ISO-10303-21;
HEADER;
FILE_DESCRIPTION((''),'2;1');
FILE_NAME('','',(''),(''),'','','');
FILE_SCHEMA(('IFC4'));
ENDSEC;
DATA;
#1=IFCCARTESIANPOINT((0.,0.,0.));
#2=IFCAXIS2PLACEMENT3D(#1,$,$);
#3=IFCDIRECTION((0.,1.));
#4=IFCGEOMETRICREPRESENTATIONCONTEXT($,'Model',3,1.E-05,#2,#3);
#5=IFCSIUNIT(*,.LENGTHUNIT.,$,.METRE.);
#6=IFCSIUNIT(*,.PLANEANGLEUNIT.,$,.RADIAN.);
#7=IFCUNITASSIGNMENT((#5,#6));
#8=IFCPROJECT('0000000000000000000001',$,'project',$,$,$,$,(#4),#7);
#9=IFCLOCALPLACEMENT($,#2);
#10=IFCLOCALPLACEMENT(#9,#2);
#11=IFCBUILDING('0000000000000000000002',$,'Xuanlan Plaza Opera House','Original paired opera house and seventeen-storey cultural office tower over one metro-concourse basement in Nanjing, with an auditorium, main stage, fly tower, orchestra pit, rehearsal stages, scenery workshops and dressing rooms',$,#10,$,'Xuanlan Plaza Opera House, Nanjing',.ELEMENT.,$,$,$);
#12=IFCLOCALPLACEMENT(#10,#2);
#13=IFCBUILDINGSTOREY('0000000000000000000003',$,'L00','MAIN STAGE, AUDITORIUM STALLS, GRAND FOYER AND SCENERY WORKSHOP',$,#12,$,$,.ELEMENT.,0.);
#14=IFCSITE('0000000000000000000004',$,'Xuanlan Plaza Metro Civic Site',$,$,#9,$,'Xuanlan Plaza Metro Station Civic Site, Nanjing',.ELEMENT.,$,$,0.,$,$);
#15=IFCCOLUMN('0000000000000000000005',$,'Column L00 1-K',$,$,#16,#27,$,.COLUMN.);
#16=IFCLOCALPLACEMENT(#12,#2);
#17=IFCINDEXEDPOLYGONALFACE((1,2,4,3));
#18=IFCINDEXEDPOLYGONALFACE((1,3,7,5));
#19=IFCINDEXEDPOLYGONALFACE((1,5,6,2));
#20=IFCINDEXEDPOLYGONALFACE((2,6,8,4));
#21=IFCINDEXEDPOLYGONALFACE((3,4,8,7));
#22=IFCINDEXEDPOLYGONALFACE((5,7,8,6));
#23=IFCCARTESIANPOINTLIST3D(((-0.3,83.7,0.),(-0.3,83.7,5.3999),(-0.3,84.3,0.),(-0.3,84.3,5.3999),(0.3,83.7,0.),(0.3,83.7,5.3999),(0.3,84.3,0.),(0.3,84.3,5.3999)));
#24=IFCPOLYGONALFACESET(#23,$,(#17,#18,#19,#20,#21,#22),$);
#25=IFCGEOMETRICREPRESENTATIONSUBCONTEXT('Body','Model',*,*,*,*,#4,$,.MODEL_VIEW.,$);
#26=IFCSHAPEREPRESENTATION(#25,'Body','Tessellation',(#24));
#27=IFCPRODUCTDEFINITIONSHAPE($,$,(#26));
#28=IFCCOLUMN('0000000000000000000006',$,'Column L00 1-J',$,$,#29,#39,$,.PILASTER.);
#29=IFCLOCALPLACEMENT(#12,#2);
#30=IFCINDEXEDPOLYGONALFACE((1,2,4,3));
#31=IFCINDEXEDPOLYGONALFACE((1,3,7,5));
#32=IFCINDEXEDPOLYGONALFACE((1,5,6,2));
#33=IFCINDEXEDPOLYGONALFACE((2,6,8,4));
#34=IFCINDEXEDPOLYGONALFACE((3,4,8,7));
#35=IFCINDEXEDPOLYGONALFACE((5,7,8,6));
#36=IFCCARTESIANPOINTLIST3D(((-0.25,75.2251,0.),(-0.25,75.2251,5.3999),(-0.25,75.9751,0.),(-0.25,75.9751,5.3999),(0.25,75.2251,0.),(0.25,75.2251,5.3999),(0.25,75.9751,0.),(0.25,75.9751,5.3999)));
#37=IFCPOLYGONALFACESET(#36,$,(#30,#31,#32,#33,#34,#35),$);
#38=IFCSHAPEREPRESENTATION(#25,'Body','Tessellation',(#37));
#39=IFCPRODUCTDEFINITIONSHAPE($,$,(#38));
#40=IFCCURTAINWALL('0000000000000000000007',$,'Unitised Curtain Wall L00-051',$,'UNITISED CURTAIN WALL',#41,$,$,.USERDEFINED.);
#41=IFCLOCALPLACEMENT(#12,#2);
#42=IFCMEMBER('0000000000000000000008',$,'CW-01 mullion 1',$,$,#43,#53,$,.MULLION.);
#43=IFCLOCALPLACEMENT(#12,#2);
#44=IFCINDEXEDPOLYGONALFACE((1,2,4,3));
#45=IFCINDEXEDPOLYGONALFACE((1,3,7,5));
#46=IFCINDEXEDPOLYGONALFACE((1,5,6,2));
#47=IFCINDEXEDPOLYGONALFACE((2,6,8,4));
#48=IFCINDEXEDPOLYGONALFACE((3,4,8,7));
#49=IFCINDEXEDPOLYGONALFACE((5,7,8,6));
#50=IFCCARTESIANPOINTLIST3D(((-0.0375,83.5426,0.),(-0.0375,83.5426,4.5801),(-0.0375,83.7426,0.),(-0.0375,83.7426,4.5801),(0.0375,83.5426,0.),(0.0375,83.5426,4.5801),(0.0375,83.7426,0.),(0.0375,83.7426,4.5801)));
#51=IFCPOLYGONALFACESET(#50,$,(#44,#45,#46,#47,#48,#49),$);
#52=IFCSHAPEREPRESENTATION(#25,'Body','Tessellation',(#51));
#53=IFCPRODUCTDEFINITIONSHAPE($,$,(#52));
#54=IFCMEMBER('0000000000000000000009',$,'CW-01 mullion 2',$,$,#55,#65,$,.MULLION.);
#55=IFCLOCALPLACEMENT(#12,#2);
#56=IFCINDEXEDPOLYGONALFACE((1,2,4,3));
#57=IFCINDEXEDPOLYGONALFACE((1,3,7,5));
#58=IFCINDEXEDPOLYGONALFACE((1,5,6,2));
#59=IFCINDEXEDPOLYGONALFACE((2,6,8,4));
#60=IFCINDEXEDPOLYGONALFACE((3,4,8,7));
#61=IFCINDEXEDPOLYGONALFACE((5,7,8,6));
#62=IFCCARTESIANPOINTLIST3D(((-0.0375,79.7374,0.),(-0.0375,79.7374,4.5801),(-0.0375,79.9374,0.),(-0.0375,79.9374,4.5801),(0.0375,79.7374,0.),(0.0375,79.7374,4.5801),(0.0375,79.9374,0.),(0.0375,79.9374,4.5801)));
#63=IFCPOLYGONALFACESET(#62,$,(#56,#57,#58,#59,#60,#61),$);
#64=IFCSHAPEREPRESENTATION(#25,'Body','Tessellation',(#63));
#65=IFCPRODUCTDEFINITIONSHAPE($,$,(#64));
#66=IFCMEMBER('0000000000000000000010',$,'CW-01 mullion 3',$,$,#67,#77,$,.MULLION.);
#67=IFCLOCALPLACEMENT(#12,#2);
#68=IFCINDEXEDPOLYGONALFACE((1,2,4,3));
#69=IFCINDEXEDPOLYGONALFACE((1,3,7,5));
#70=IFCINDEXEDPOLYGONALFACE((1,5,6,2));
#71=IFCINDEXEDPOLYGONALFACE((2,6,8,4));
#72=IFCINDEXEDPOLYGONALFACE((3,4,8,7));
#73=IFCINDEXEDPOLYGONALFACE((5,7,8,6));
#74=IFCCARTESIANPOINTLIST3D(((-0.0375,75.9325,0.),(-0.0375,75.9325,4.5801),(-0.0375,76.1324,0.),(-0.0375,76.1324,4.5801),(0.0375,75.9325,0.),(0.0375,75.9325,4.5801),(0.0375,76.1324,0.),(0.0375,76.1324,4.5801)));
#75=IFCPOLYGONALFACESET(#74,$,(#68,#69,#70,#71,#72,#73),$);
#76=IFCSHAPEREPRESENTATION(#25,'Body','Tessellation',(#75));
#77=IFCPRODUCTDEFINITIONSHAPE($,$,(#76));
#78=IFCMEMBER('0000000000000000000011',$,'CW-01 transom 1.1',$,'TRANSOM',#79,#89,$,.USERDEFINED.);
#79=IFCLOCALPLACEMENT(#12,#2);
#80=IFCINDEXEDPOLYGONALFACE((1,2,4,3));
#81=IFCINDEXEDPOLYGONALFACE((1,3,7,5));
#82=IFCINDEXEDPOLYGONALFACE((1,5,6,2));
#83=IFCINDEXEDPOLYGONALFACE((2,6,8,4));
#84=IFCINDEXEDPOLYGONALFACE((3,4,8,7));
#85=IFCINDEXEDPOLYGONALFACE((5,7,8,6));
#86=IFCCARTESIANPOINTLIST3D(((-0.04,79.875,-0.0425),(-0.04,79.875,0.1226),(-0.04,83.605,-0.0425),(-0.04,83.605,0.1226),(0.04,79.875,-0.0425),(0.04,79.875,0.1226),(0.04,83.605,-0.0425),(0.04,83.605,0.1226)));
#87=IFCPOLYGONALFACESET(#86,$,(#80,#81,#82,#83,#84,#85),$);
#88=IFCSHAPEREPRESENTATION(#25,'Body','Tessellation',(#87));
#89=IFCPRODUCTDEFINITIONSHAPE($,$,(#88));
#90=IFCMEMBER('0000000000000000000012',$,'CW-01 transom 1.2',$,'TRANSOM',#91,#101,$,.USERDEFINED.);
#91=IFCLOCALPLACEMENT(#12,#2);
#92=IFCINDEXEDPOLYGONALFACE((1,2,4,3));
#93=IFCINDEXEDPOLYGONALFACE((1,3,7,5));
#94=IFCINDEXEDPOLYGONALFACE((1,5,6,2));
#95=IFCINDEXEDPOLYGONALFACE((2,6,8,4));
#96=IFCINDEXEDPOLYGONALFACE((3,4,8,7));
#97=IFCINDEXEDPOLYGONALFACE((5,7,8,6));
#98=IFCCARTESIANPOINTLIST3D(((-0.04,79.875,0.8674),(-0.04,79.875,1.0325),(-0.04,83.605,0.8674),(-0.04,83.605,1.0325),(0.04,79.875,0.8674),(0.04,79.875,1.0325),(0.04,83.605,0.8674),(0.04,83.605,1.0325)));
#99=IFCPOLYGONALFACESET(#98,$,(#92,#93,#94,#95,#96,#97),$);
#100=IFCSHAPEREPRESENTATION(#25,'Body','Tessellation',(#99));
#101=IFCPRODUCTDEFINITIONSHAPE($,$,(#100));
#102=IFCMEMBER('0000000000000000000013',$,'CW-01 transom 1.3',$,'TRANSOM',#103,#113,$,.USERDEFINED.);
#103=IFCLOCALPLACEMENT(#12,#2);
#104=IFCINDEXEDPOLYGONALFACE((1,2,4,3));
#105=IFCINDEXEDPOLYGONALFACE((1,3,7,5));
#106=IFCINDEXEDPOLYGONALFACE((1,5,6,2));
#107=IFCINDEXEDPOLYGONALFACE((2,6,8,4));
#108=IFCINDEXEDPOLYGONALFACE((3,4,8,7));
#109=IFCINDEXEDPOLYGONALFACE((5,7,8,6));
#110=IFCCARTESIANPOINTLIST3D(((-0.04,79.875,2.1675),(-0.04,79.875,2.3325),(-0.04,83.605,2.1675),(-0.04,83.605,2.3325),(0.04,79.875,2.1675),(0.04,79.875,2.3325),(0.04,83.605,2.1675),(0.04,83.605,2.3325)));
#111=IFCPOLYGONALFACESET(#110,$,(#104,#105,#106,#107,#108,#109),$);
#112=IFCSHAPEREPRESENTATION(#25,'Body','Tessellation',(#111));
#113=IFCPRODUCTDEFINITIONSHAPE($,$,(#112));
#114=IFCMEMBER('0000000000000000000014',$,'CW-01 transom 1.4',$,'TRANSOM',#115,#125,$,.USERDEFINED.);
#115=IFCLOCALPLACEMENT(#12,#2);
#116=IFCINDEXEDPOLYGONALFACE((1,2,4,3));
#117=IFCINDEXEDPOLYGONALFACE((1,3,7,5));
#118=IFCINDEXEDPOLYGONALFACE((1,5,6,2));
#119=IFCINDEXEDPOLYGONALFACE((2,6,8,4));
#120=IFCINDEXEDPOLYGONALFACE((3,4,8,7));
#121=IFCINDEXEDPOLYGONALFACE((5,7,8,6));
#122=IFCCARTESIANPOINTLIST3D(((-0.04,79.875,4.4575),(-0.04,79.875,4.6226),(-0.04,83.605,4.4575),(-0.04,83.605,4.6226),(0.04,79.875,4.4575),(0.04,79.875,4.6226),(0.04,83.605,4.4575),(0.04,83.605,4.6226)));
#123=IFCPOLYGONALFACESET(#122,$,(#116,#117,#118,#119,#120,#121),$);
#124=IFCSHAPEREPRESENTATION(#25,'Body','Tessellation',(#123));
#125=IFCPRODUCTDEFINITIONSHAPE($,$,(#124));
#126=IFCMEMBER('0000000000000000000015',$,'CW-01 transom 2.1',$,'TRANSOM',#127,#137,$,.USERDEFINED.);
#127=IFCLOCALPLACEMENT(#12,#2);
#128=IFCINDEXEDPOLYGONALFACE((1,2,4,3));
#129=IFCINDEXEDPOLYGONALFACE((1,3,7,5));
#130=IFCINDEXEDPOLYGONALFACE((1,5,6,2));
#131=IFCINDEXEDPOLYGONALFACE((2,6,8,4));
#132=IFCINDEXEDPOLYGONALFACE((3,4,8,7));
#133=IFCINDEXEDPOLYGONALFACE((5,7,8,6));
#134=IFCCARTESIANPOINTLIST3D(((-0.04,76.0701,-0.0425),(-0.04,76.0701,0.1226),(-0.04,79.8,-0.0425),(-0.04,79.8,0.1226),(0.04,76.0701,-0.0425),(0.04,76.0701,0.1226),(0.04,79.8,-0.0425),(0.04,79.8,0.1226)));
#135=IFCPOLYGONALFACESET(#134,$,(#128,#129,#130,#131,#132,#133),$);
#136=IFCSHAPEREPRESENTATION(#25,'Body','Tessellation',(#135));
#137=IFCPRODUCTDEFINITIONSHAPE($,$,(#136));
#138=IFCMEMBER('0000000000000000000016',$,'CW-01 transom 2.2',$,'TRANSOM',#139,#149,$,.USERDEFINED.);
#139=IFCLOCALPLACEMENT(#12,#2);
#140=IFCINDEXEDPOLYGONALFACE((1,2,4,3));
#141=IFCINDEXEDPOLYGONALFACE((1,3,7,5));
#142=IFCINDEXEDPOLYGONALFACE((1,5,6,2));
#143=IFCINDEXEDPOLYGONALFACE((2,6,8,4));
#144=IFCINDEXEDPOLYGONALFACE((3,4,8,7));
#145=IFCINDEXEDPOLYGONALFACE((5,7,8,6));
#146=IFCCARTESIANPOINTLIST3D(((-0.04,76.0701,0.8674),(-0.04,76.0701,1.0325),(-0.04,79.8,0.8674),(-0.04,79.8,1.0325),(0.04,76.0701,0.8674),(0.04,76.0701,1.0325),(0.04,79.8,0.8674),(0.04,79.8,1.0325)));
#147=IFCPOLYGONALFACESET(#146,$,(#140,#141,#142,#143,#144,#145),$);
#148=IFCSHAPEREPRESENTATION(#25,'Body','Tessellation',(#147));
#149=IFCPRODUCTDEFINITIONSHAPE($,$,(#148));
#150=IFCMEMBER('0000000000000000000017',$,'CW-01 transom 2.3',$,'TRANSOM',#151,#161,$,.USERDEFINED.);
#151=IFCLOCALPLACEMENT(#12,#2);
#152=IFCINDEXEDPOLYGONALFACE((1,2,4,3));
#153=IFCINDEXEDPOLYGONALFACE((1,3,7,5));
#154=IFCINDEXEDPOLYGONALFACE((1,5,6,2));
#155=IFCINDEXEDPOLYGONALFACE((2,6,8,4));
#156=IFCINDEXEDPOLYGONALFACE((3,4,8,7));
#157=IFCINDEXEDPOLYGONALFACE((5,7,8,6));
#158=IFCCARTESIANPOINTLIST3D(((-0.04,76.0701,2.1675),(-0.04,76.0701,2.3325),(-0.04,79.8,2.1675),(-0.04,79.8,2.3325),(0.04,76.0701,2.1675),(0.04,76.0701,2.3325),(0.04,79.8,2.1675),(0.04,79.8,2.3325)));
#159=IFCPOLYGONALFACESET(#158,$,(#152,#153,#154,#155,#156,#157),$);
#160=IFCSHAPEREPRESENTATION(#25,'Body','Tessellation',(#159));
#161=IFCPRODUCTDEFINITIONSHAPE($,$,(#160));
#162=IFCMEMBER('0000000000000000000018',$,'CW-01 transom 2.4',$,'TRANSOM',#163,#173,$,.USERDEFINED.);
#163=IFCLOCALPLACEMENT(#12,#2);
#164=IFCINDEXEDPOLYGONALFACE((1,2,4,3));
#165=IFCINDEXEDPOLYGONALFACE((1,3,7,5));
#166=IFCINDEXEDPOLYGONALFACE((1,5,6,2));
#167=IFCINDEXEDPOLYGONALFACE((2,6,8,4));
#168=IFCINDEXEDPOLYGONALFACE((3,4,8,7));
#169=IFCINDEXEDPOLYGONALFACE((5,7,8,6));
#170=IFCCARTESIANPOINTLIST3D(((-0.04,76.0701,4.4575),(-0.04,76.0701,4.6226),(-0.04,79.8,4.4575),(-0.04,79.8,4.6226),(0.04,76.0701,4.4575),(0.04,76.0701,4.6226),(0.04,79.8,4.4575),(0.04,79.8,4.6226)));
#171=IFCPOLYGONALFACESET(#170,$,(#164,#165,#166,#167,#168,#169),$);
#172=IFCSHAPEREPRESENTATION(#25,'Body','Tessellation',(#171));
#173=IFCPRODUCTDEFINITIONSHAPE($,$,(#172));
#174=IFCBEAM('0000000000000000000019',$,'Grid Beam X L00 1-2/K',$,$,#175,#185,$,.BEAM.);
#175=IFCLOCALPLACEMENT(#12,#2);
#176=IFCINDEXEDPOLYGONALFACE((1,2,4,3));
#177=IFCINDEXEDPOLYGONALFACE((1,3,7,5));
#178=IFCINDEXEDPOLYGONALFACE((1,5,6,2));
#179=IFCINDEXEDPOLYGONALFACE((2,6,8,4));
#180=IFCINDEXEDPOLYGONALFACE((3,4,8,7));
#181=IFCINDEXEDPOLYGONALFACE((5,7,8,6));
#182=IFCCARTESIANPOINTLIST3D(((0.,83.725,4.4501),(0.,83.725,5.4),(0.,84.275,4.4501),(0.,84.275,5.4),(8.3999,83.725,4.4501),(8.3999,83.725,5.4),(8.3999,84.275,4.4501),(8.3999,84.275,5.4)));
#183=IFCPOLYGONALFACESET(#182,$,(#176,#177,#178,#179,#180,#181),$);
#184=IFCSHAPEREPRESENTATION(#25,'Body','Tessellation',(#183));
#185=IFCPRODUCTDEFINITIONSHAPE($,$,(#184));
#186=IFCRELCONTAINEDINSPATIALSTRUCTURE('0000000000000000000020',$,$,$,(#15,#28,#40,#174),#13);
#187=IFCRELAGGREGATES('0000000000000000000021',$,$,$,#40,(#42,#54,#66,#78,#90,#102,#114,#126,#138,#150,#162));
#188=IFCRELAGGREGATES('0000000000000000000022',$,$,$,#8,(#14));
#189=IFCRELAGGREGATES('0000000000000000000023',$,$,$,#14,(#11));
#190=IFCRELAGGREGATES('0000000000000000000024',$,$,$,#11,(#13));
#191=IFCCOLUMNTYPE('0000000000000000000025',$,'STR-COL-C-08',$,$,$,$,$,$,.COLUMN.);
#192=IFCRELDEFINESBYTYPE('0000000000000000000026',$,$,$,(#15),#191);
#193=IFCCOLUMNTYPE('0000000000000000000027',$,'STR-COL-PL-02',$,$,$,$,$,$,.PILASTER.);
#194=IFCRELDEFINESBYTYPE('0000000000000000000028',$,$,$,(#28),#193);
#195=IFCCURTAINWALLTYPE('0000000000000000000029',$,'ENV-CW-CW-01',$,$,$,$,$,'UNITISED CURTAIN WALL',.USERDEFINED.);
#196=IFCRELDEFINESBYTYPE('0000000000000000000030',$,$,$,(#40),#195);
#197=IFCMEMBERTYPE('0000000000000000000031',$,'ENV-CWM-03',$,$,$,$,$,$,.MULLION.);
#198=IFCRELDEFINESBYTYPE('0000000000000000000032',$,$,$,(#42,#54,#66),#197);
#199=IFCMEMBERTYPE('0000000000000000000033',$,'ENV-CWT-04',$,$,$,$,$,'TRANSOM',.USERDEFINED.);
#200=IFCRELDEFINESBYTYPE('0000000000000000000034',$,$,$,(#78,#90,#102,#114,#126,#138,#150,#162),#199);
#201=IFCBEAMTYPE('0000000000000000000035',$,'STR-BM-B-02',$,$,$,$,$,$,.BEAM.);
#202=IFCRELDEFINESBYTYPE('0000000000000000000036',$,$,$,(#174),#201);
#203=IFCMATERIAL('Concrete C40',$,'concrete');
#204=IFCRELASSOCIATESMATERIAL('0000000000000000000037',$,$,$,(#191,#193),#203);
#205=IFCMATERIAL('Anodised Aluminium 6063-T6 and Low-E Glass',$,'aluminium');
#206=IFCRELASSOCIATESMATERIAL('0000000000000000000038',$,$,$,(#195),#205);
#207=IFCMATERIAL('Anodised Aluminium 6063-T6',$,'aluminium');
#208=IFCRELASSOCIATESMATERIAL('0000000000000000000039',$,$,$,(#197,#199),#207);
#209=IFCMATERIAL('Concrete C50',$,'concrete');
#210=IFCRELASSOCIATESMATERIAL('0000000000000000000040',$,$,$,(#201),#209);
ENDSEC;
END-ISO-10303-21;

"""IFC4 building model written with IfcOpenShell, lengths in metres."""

from ifc_helpers import new_model, si_unit, direction, frame, origin, origin_2d, place, context, subcontext, project, spatial, rectangle, extrude, material, material_profile, profile_set, type_object, element, aggregate, save


model = new_model("IFC4")

# Units and contexts
model_context = context("Model", 3, precision=1e-05, world=origin(), true_north=direction((0.0, 1.0)))
body_context = subcontext(model_context, "Body", "Model", "MODEL_VIEW")
ifc_project = project(units=[si_unit("LENGTHUNIT", "METRE"), si_unit("PLANEANGLEUNIT", "RADIAN")], contexts=[model_context])

# Site, building, storey
site_placement = place(None, origin())
site = spatial("IfcSite", under=ifc_project, at=site_placement, Name="Xuanlan Plaza Metro Civic Site", LongName="Xuanlan Plaza Metro Station Civic Site, Nanjing", CompositionType="ELEMENT", RefElevation=0.0)
building_placement = place(site_placement, origin())
building = spatial("IfcBuilding", under=site, at=building_placement, Name="Xuanlan Plaza Opera House", Description="Original paired opera house and seventeen-storey cultural office tower over one metro-concourse basement in Nanjing, with an auditorium, main stage, fly tower, orchestra pit, rehearsal stages, scenery workshops and dressing rooms", LongName="Xuanlan Plaza Opera House, Nanjing", CompositionType="ELEMENT")
storey_placement = place(building_placement, origin())
storey = spatial("IfcBuildingStorey", under=building, at=storey_placement, Name="L00", Description="MAIN STAGE, AUDITORIUM STALLS, GRAND FOYER AND SCENERY WORKSHOP", CompositionType="ELEMENT", Elevation=0.0)

# Columns
ifc_material_1 = material(Name="Concrete C40", Category="concrete")
ifc_material_profile_1 = material_profile(ifc_material_1, rectangle(XDim=0.6001, YDim=0.6001, at=origin_2d()), Name="RC-COL 600x600")
ifc_profile_set_1 = profile_set([ifc_material_profile_1], Name="Concrete C40")
column_type_1 = type_object("IfcColumnType", Name="STR-COL-C-08", PredefinedType="COLUMN", material=ifc_profile_set_1)
column_1_placement = place(storey_placement, frame((0.0, 84.0, 0.0), z_axis=(0.0, 0.0, 1.0), x_axis=(1.0, 0.0, 0.0)))
element("IfcColumn", 1, at=column_1_placement, inside=storey, type_object=column_type_1, Name="Column L00 1-K", PredefinedType="COLUMN", context=body_context, shape_type="SweptSolid", body=[
    extrude(rectangle(XDim=0.6001, YDim=0.6001, at=origin_2d()), origin(), (0.0, 0.0, 1.0), 5.3999),
])
ifc_material_profile_2 = material_profile(ifc_material_1, rectangle(XDim=0.5, YDim=0.75, at=origin_2d()), Name="RC-PIL 500x750")
ifc_profile_set_2 = profile_set([ifc_material_profile_2], Name="Concrete C40")
column_type_2 = type_object("IfcColumnType", Name="STR-COL-PL-02", PredefinedType="PILASTER", material=ifc_profile_set_2)
column_2_placement = place(storey_placement, frame((0.0, 75.6001, 0.0), z_axis=(0.0, 0.0, 1.0), x_axis=(1.0, 0.0, 0.0)))
element("IfcColumn", 2, at=column_2_placement, inside=storey, type_object=column_type_2, Name="Column L00 1-J", PredefinedType="PILASTER", context=body_context, shape_type="SweptSolid", body=[
    extrude(rectangle(XDim=0.5, YDim=0.75, at=origin_2d()), origin(), (0.0, 0.0, 1.0), 5.3999),
])

# Curtain wall, members
ifc_material_2 = material(Name="Anodised Aluminium 6063-T6 and Low-E Glass", Category="aluminium")
curtain_wall_type = type_object("IfcCurtainWallType", Name="ENV-CW-CW-01", ElementType="UNITISED CURTAIN WALL", PredefinedType="USERDEFINED", material=ifc_material_2)
curtain_wall_placement = place(storey_placement, origin())
curtain_wall = element("IfcCurtainWall", 3, at=curtain_wall_placement, inside=storey, type_object=curtain_wall_type, Name="Unitised Curtain Wall L00-051", ObjectType="UNITISED CURTAIN WALL", PredefinedType="USERDEFINED")
ifc_material_3 = material(Name="Anodised Aluminium 6063-T6", Category="aluminium")
ifc_material_profile_3 = material_profile(ifc_material_3, rectangle(XDim=0.075, YDim=0.2, at=origin_2d()), Name="ALU-M 75x200")
ifc_profile_set_3 = profile_set([ifc_material_profile_3], Name="Anodised Aluminium 6063-T6")
member_type_1 = type_object("IfcMemberType", Name="ENV-CWM-03", PredefinedType="MULLION", material=ifc_profile_set_3)
member_1_placement = place(storey_placement, frame((0.0, 83.6426, 0.0), z_axis=(0.0, 0.0, 1.0), x_axis=(1.0, 0.0, 0.0)))
member_1 = element("IfcMember", 4, at=member_1_placement, type_object=member_type_1, Name="CW-01 mullion 1", PredefinedType="MULLION", context=body_context, shape_type="SweptSolid", body=[
    extrude(rectangle(XDim=0.075, YDim=0.2, at=origin_2d()), origin(), (0.0, 0.0, 1.0), 4.5801),
])
member_2_placement = place(storey_placement, frame((0.0, 79.8374, 0.0), z_axis=(0.0, 0.0, 1.0), x_axis=(1.0, 0.0, 0.0)))
member_2 = element("IfcMember", 5, at=member_2_placement, type_object=member_type_1, Name="CW-01 mullion 2", PredefinedType="MULLION", context=body_context, shape_type="SweptSolid", body=[
    extrude(rectangle(XDim=0.075, YDim=0.2, at=origin_2d()), origin(), (0.0, 0.0, 1.0), 4.5801),
])
member_3_placement = place(storey_placement, frame((0.0, 76.0325, 0.0), z_axis=(0.0, 0.0, 1.0), x_axis=(1.0, 0.0, 0.0)))
member_3 = element("IfcMember", 6, at=member_3_placement, type_object=member_type_1, Name="CW-01 mullion 3", PredefinedType="MULLION", context=body_context, shape_type="SweptSolid", body=[
    extrude(rectangle(XDim=0.075, YDim=0.2, at=origin_2d()), origin(), (0.0, 0.0, 1.0), 4.5801),
])
ifc_material_profile_4 = material_profile(ifc_material_3, rectangle(XDim=0.0801, YDim=0.165, at=origin_2d()), Name="ALU-T 80x165")
ifc_profile_set_4 = profile_set([ifc_material_profile_4], Name="Anodised Aluminium 6063-T6")
member_type_2 = type_object("IfcMemberType", Name="ENV-CWT-04", ElementType="TRANSOM", PredefinedType="USERDEFINED", material=ifc_profile_set_4)
member_4_placement = place(storey_placement, frame((0.0, 83.605, 0.04), z_axis=(0.0, -1.0, 0.0), x_axis=(1.0, 0.0, 0.0)))
member_4 = element("IfcMember", 7, at=member_4_placement, type_object=member_type_2, Name="CW-01 transom 1.1", ObjectType="TRANSOM", PredefinedType="USERDEFINED", context=body_context, shape_type="SweptSolid", body=[
    extrude(rectangle(XDim=0.0801, YDim=0.165, at=origin_2d()), origin(), (0.0, 0.0, 1.0), 3.73),
])
member_5_placement = place(storey_placement, frame((0.0, 83.605, 0.95), z_axis=(0.0, -1.0, 0.0), x_axis=(1.0, 0.0, 0.0)))
member_5 = element("IfcMember", 8, at=member_5_placement, type_object=member_type_2, Name="CW-01 transom 1.2", ObjectType="TRANSOM", PredefinedType="USERDEFINED", context=body_context, shape_type="SweptSolid", body=[
    extrude(rectangle(XDim=0.0801, YDim=0.165, at=origin_2d()), origin(), (0.0, 0.0, 1.0), 3.73),
])
member_6_placement = place(storey_placement, frame((0.0, 83.605, 2.25), z_axis=(0.0, -1.0, 0.0), x_axis=(1.0, 0.0, 0.0)))
member_6 = element("IfcMember", 9, at=member_6_placement, type_object=member_type_2, Name="CW-01 transom 1.3", ObjectType="TRANSOM", PredefinedType="USERDEFINED", context=body_context, shape_type="SweptSolid", body=[
    extrude(rectangle(XDim=0.0801, YDim=0.165, at=origin_2d()), origin(), (0.0, 0.0, 1.0), 3.73),
])
member_7_placement = place(storey_placement, frame((0.0, 83.605, 4.54), z_axis=(0.0, -1.0, 0.0), x_axis=(1.0, 0.0, 0.0)))
member_7 = element("IfcMember", 10, at=member_7_placement, type_object=member_type_2, Name="CW-01 transom 1.4", ObjectType="TRANSOM", PredefinedType="USERDEFINED", context=body_context, shape_type="SweptSolid", body=[
    extrude(rectangle(XDim=0.0801, YDim=0.165, at=origin_2d()), origin(), (0.0, 0.0, 1.0), 3.73),
])
member_8_placement = place(storey_placement, frame((0.0, 79.8, 0.04), z_axis=(0.0, -1.0, 0.0), x_axis=(1.0, 0.0, 0.0)))
member_8 = element("IfcMember", 11, at=member_8_placement, type_object=member_type_2, Name="CW-01 transom 2.1", ObjectType="TRANSOM", PredefinedType="USERDEFINED", context=body_context, shape_type="SweptSolid", body=[
    extrude(rectangle(XDim=0.0801, YDim=0.165, at=origin_2d()), origin(), (0.0, 0.0, 1.0), 3.73),
])
member_9_placement = place(storey_placement, frame((0.0, 79.8, 0.95), z_axis=(0.0, -1.0, 0.0), x_axis=(1.0, 0.0, 0.0)))
member_9 = element("IfcMember", 12, at=member_9_placement, type_object=member_type_2, Name="CW-01 transom 2.2", ObjectType="TRANSOM", PredefinedType="USERDEFINED", context=body_context, shape_type="SweptSolid", body=[
    extrude(rectangle(XDim=0.0801, YDim=0.165, at=origin_2d()), origin(), (0.0, 0.0, 1.0), 3.73),
])
member_10_placement = place(storey_placement, frame((0.0, 79.8, 2.25), z_axis=(0.0, -1.0, 0.0), x_axis=(1.0, 0.0, 0.0)))
member_10 = element("IfcMember", 13, at=member_10_placement, type_object=member_type_2, Name="CW-01 transom 2.3", ObjectType="TRANSOM", PredefinedType="USERDEFINED", context=body_context, shape_type="SweptSolid", body=[
    extrude(rectangle(XDim=0.0801, YDim=0.165, at=origin_2d()), origin(), (0.0, 0.0, 1.0), 3.73),
])
member_11_placement = place(storey_placement, frame((0.0, 79.8, 4.54), z_axis=(0.0, -1.0, 0.0), x_axis=(1.0, 0.0, 0.0)))
member_11 = element("IfcMember", 14, at=member_11_placement, type_object=member_type_2, Name="CW-01 transom 2.4", ObjectType="TRANSOM", PredefinedType="USERDEFINED", context=body_context, shape_type="SweptSolid", body=[
    extrude(rectangle(XDim=0.0801, YDim=0.165, at=origin_2d()), origin(), (0.0, 0.0, 1.0), 3.73),
])

# Beam
ifc_material_4 = material(Name="Concrete C50", Category="concrete")
ifc_material_profile_5 = material_profile(ifc_material_4, rectangle(XDim=0.55, YDim=0.95, at=origin_2d()), Name="RC-BM 550x950")
ifc_profile_set_5 = profile_set([ifc_material_profile_5], Name="Concrete C50")
beam_type_1 = type_object("IfcBeamType", Name="STR-BM-B-02", PredefinedType="BEAM", material=ifc_profile_set_5)
beam_1_placement = place(storey_placement, frame((0.0, 84.0, 4.925), z_axis=(1.0, 0.0, 0.0), x_axis=(0.0, 1.0, 0.0)))
element("IfcBeam", 15, at=beam_1_placement, inside=storey, type_object=beam_type_1, Name="Grid Beam X L00 1-2/K", PredefinedType="BEAM", context=body_context, shape_type="SweptSolid", body=[
    extrude(rectangle(XDim=0.55, YDim=0.95, at=origin_2d()), origin(), (0.0, 0.0, 1.0), 8.3999),
])

aggregate(curtain_wall, [member_1, member_2, member_3, member_4, member_5, member_6, member_7, member_8, member_9, member_10, member_11])

save(model, "model.ifc")
